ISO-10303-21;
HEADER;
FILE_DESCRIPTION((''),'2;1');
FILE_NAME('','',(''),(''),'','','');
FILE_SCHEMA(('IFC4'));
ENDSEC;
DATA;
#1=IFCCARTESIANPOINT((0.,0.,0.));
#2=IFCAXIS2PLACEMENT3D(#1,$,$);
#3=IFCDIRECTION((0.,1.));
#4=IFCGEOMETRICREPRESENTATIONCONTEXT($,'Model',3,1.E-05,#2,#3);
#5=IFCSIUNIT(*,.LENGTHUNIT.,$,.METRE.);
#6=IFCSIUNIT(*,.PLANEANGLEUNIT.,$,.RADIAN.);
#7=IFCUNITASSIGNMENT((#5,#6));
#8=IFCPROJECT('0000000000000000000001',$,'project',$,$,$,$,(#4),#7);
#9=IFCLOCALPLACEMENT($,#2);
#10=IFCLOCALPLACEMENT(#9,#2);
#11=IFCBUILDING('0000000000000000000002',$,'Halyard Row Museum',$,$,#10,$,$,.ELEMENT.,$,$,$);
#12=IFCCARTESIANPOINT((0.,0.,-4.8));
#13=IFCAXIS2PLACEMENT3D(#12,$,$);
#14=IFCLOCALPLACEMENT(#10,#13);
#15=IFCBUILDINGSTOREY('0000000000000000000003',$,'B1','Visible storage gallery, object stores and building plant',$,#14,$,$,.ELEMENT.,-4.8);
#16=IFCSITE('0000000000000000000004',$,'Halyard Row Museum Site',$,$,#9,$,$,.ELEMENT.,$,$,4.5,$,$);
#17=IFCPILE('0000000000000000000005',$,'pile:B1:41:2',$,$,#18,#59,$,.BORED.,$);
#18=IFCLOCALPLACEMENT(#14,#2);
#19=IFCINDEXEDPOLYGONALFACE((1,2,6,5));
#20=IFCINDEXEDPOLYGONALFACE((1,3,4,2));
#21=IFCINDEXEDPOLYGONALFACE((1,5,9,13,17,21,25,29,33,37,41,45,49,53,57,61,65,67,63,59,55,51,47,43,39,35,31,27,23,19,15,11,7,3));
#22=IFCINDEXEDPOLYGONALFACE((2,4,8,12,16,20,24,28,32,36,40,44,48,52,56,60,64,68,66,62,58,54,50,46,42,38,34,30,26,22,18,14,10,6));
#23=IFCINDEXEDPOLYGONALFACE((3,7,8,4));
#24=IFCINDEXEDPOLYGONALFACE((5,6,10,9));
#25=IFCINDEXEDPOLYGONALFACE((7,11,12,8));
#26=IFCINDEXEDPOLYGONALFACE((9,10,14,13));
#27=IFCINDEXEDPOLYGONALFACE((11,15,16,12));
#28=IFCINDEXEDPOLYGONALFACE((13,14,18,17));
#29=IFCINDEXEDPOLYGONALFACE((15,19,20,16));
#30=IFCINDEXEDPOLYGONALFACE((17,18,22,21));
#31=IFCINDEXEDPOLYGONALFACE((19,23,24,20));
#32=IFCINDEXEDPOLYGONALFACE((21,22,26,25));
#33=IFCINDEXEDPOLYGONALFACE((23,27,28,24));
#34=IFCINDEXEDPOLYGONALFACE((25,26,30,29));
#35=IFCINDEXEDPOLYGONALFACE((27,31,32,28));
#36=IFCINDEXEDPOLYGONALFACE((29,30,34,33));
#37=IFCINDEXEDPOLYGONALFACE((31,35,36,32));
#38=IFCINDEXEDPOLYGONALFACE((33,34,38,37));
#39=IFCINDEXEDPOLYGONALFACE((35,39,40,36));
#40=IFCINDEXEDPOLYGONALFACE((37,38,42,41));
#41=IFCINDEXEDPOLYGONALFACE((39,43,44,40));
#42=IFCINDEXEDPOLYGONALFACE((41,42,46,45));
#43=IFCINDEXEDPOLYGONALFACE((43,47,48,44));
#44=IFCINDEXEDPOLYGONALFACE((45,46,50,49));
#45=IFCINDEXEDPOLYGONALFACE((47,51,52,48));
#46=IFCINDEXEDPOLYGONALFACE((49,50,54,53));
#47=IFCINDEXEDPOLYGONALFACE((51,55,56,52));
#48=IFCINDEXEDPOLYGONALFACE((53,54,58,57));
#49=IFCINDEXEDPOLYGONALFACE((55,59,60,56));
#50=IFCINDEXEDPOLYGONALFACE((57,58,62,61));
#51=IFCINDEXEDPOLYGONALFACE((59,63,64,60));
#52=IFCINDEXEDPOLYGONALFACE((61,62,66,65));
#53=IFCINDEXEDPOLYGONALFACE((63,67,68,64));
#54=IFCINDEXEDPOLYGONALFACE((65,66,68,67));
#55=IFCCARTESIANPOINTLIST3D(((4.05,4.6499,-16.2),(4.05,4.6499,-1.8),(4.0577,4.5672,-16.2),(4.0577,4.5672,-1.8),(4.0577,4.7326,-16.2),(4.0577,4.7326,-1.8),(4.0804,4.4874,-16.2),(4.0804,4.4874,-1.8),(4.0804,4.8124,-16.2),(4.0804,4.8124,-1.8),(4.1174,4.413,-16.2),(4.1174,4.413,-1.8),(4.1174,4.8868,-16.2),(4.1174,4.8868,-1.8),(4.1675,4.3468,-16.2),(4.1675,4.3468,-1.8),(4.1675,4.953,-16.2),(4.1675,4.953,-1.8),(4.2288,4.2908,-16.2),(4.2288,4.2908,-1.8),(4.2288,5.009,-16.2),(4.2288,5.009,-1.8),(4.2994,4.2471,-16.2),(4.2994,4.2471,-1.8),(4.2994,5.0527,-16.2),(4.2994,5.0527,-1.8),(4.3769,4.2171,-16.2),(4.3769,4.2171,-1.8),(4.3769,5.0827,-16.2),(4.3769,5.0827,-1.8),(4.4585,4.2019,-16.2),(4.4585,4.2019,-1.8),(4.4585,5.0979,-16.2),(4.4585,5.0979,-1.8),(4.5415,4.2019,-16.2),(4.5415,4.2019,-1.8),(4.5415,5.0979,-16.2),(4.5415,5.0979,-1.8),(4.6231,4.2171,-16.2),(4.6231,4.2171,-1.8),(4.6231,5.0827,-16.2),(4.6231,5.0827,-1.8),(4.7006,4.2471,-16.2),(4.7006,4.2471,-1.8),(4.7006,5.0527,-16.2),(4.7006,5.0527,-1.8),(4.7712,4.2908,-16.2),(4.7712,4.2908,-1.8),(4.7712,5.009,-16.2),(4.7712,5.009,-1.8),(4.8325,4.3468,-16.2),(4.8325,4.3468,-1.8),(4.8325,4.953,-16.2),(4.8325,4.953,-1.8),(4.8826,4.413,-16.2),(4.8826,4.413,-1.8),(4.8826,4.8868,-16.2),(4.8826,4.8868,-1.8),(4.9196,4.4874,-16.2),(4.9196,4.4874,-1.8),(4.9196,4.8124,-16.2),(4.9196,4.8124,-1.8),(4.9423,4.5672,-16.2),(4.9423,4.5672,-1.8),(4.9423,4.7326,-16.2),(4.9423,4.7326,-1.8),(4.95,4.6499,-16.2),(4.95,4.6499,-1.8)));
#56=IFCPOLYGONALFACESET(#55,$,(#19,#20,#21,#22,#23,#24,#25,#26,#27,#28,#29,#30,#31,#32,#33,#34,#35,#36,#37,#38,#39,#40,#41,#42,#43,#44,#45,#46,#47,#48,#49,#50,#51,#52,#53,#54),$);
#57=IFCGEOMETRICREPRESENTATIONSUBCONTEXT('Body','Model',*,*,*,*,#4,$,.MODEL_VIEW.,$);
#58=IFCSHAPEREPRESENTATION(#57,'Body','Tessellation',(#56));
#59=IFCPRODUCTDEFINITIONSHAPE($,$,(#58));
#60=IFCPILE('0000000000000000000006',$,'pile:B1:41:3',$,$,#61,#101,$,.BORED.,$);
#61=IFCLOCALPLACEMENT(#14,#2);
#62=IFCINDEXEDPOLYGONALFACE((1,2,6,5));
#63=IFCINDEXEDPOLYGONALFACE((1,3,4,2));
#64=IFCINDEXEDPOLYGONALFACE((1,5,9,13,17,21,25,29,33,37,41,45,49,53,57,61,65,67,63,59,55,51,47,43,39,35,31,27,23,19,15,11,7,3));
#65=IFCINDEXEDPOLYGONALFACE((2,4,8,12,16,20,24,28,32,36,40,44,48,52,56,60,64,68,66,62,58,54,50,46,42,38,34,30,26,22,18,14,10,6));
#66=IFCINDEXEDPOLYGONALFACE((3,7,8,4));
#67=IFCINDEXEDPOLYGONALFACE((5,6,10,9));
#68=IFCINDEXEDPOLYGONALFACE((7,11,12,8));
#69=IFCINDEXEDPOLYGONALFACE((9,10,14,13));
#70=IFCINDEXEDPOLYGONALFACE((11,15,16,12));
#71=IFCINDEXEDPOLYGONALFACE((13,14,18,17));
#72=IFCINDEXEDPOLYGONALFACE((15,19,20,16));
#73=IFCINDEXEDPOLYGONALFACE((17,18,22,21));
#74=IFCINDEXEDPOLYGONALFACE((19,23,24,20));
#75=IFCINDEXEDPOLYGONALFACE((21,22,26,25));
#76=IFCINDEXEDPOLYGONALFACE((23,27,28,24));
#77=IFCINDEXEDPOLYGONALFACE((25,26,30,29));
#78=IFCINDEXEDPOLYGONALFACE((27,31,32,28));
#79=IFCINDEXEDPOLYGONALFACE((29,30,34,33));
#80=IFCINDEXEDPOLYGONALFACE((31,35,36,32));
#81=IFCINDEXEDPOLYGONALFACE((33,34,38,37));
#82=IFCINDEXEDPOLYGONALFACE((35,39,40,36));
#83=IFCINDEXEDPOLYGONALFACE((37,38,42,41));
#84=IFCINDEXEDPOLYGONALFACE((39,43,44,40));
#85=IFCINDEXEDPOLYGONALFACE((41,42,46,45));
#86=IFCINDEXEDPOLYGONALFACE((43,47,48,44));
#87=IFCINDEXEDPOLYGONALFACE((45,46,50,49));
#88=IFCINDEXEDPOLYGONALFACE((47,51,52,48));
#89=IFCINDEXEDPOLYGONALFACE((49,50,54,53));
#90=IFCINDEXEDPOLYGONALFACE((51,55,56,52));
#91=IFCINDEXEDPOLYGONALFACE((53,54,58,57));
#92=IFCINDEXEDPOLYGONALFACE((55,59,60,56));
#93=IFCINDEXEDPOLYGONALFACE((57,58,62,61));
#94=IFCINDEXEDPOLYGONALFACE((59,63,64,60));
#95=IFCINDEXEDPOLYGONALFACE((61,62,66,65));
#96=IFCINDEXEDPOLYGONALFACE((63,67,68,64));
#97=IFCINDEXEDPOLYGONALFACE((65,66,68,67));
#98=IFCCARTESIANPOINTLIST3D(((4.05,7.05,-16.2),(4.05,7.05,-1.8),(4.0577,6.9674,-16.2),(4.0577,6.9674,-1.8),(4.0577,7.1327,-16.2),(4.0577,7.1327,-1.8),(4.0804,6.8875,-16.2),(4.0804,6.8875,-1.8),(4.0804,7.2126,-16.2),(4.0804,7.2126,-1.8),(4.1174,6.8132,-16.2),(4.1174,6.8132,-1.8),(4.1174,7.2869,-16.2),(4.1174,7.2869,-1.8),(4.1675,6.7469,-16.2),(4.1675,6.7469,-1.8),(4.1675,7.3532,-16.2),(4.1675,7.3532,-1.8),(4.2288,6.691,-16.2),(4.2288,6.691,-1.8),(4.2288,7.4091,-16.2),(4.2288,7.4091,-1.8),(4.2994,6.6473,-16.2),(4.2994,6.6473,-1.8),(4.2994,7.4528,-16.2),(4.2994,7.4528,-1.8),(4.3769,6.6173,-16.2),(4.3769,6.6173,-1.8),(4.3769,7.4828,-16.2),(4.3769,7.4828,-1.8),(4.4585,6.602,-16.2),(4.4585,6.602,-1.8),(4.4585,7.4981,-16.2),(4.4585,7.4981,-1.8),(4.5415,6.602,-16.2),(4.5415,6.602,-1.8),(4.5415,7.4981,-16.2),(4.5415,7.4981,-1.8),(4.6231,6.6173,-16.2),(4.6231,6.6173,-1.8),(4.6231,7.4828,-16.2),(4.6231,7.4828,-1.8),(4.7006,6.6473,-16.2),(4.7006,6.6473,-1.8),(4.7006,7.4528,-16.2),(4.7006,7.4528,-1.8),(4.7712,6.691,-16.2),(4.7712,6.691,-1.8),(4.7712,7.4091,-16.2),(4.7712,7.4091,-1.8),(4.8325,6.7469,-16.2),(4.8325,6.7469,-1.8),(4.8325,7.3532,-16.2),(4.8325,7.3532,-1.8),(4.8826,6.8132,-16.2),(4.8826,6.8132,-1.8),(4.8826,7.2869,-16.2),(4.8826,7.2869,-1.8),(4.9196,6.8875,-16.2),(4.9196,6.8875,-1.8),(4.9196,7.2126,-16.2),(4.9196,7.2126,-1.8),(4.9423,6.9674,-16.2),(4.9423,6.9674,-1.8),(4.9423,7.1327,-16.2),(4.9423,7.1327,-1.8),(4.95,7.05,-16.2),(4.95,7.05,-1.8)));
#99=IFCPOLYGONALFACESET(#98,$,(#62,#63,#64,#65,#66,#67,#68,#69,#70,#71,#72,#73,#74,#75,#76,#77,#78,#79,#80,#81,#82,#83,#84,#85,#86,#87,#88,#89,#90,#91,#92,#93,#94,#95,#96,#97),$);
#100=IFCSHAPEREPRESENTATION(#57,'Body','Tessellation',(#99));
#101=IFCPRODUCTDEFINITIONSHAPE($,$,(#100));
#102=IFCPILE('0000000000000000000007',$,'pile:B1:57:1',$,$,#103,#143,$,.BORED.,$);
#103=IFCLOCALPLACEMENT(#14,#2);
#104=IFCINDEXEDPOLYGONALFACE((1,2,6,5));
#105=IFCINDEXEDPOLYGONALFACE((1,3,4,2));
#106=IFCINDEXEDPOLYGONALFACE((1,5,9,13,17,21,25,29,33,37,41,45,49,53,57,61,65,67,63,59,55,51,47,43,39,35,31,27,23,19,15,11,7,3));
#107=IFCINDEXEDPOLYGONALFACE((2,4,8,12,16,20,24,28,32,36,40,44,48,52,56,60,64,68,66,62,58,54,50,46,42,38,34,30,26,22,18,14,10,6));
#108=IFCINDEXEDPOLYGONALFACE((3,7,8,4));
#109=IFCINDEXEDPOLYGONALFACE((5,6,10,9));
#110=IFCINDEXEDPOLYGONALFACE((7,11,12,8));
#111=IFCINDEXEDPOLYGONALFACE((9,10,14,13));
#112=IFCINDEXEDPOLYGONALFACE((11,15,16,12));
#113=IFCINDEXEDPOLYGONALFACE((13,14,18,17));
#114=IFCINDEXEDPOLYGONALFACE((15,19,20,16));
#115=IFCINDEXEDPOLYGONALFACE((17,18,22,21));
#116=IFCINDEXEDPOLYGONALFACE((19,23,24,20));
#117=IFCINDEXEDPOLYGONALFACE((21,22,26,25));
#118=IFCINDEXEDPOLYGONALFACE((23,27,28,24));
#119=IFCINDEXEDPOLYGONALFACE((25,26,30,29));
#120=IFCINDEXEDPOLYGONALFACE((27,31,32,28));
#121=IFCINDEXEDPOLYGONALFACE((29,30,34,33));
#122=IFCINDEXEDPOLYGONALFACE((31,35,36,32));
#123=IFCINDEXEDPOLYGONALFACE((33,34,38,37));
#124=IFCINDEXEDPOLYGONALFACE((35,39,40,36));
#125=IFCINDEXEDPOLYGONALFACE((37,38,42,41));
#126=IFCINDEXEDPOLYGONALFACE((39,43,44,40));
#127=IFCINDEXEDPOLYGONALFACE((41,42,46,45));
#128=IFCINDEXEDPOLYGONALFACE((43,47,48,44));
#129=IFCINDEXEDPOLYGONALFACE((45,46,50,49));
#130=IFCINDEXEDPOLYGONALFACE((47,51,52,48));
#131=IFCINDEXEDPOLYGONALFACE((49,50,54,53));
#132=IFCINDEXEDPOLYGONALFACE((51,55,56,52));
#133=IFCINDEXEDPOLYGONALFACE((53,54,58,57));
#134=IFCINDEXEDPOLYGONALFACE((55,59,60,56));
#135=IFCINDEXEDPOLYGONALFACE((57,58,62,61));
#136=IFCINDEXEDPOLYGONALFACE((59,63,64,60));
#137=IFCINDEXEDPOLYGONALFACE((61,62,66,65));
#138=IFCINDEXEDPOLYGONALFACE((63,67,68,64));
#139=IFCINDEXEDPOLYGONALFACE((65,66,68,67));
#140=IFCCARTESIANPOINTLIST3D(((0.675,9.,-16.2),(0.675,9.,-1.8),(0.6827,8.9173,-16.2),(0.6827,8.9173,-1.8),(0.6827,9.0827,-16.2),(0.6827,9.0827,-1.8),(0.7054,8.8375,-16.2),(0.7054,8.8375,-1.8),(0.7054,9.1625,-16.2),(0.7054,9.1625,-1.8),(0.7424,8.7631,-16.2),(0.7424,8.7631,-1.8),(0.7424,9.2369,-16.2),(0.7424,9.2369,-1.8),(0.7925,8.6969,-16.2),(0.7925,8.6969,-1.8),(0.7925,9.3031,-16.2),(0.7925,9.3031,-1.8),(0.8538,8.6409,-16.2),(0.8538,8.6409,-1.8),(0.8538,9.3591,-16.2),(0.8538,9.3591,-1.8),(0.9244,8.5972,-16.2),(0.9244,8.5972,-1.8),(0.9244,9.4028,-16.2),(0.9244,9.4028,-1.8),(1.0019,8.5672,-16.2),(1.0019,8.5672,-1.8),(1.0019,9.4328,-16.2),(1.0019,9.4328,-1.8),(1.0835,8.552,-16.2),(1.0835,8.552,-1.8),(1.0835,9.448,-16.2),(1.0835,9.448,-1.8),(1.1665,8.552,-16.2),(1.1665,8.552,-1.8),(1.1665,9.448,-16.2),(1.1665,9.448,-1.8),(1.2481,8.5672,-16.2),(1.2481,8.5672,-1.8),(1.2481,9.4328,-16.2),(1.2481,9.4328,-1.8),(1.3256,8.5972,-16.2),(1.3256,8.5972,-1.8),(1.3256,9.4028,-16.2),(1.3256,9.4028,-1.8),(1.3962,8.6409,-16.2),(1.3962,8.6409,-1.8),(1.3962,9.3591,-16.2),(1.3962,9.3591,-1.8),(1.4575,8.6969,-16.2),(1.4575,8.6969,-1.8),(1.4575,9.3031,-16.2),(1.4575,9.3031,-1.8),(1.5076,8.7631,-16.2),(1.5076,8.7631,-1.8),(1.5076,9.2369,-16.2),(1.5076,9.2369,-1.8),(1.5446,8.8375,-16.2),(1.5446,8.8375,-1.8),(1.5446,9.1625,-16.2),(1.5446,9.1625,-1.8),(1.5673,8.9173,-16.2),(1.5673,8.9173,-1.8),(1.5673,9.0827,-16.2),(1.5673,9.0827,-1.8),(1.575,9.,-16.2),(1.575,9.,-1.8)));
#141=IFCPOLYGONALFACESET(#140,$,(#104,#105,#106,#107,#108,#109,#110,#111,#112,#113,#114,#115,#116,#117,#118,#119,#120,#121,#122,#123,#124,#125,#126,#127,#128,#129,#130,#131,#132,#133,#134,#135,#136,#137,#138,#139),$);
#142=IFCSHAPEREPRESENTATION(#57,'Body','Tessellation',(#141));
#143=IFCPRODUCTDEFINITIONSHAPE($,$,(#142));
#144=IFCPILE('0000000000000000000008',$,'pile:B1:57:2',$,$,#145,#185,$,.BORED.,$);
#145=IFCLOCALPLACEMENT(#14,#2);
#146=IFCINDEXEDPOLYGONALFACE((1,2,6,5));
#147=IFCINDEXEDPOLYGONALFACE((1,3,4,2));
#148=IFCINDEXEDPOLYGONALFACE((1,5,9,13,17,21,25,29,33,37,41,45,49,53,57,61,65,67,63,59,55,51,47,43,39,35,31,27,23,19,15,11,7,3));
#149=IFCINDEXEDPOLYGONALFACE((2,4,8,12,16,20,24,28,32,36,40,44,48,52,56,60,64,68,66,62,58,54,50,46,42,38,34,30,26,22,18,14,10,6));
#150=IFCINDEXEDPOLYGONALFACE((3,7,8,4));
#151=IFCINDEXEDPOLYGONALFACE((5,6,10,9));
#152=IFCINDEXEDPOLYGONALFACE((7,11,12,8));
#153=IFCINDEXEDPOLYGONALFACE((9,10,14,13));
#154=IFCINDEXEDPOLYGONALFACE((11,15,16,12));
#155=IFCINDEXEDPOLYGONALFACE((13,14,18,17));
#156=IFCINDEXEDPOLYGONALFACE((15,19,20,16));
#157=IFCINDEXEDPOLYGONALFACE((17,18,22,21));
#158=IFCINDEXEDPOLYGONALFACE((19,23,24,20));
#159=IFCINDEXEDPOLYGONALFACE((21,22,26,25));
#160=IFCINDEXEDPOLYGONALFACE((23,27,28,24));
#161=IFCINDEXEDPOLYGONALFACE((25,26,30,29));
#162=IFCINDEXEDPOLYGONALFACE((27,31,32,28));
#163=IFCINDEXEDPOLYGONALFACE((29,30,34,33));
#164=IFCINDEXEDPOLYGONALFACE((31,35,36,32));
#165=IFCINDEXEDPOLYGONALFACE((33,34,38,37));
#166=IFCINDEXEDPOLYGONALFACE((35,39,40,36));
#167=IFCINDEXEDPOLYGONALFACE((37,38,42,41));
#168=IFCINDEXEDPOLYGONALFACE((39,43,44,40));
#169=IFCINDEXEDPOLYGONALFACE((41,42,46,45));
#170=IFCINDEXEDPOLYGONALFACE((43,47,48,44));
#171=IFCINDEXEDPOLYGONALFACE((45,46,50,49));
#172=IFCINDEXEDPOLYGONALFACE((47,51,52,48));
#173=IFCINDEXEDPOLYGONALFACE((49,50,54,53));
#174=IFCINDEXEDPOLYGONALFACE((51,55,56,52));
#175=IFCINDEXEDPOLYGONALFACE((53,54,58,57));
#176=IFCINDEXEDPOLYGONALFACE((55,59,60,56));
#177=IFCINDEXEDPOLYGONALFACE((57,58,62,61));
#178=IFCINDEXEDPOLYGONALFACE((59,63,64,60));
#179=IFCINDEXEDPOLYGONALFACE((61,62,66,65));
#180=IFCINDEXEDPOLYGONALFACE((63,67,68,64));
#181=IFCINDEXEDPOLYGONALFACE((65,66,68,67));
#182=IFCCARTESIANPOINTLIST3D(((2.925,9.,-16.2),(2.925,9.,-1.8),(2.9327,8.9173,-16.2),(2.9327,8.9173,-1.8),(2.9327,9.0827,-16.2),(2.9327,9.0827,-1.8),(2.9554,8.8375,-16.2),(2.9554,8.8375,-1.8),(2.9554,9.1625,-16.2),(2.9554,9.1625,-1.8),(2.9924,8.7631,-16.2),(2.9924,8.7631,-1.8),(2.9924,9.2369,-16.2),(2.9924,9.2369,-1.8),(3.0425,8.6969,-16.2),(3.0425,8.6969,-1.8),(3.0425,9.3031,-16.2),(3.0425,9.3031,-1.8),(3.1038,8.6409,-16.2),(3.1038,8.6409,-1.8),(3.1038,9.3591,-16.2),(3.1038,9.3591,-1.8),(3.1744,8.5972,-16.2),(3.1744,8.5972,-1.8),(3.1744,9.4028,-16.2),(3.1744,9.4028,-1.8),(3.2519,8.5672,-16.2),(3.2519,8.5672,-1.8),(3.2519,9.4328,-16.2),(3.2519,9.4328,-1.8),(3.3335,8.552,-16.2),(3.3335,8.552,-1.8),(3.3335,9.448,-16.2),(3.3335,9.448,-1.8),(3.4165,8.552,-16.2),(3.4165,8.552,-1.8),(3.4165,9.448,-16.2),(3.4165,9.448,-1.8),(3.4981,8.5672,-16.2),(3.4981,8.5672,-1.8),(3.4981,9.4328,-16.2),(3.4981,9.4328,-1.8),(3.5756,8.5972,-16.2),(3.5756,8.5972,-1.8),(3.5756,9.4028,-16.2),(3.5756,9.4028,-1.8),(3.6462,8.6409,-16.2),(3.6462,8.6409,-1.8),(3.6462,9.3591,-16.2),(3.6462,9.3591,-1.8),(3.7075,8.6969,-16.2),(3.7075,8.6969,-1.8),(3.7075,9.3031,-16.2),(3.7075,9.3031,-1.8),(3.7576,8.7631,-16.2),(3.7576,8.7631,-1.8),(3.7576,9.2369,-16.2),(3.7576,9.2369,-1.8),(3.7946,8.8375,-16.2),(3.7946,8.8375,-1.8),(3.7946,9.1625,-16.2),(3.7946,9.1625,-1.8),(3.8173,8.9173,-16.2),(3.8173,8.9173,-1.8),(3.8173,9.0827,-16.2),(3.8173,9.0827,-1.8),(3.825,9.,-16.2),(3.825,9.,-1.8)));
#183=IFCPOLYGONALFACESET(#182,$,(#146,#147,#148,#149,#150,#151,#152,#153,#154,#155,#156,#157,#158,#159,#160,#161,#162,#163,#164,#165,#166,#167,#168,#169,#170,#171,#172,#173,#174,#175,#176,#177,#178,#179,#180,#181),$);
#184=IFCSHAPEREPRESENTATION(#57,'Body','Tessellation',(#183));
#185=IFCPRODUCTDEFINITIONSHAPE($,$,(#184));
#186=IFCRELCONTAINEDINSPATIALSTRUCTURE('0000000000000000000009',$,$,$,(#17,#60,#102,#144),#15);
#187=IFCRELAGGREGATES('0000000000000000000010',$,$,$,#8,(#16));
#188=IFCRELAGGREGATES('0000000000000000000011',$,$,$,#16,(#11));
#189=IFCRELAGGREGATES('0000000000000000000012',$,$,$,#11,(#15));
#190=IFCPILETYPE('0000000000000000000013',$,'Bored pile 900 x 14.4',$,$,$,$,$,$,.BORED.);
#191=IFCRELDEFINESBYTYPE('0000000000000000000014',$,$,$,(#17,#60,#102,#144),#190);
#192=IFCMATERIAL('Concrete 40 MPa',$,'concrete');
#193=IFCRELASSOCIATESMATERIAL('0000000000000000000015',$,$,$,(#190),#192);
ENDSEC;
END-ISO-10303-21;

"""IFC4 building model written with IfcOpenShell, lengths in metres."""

from ifc_helpers import new_model, si_unit, direction, frame, origin, origin_2d, place, context, subcontext, project, spatial, circle, extrude, material, material_profile, profile_set, type_object, element, save


model = new_model("IFC4")

# Units and contexts
model_context = context("Model", 3, precision=1e-05, world=origin(), true_north=direction((0.0, 1.0)))
body_context = subcontext(model_context, "Body", "Model", "MODEL_VIEW")
ifc_project = project(units=[si_unit("LENGTHUNIT", "METRE"), si_unit("PLANEANGLEUNIT", "RADIAN")], contexts=[model_context])

# Site, building, storey
site_placement = place(None, origin())
site = spatial("IfcSite", under=ifc_project, at=site_placement, Name="Halyard Row Museum Site", CompositionType="ELEMENT", RefElevation=4.5)
building_placement = place(site_placement, origin())
building = spatial("IfcBuilding", under=site, at=building_placement, Name="Halyard Row Museum", CompositionType="ELEMENT")
storey_placement = place(building_placement, frame((0.0, 0.0, -4.8)))
storey = spatial("IfcBuildingStorey", under=building, at=storey_placement, Name="B1", Description="Visible storage gallery, object stores and building plant", CompositionType="ELEMENT", Elevation=-4.8)

# Piles
ifc_material_1 = material(Name="Concrete 40 MPa", Category="concrete")
ifc_material_profile_1 = material_profile(ifc_material_1, circle(Radius=0.45, at=origin_2d()), Name="Bored pile 900 x 14.4")
ifc_profile_set_1 = profile_set([ifc_material_profile_1], Name="Concrete 40 MPa")
pile_type = type_object("IfcPileType", Name="Bored pile 900 x 14.4", PredefinedType="BORED", material=ifc_profile_set_1)
for number, where, z_axis, x_axis, name in (
    (1, (4.5, 4.6499, -1.8), (0.0, 0.0, -1.0), (1.0, 0.0, 0.0), "pile:B1:41:2"),
    (2, (4.5, 7.05, -1.8), (0.0, 0.0, -1.0), (1.0, 0.0, 0.0), "pile:B1:41:3"),
    (3, (1.125, 9.0, -1.8), (0.0, 0.0, -1.0), (1.0, 0.0, 0.0), "pile:B1:57:1"),
    (4, (3.375, 9.0, -1.8), (0.0, 0.0, -1.0), (1.0, 0.0, 0.0), "pile:B1:57:2"),
):
    element("IfcPile", number, at=place(storey_placement, frame(where, z_axis=z_axis, x_axis=x_axis)), inside=storey, type_object=pile_type, Name=name, PredefinedType="BORED", context=body_context, shape_type="SweptSolid", body=[
        extrude(circle(Radius=0.45, at=origin_2d()), origin(), (0.0, 0.0, 1.0), 14.3999),
    ])

save(model, "model.ifc")
